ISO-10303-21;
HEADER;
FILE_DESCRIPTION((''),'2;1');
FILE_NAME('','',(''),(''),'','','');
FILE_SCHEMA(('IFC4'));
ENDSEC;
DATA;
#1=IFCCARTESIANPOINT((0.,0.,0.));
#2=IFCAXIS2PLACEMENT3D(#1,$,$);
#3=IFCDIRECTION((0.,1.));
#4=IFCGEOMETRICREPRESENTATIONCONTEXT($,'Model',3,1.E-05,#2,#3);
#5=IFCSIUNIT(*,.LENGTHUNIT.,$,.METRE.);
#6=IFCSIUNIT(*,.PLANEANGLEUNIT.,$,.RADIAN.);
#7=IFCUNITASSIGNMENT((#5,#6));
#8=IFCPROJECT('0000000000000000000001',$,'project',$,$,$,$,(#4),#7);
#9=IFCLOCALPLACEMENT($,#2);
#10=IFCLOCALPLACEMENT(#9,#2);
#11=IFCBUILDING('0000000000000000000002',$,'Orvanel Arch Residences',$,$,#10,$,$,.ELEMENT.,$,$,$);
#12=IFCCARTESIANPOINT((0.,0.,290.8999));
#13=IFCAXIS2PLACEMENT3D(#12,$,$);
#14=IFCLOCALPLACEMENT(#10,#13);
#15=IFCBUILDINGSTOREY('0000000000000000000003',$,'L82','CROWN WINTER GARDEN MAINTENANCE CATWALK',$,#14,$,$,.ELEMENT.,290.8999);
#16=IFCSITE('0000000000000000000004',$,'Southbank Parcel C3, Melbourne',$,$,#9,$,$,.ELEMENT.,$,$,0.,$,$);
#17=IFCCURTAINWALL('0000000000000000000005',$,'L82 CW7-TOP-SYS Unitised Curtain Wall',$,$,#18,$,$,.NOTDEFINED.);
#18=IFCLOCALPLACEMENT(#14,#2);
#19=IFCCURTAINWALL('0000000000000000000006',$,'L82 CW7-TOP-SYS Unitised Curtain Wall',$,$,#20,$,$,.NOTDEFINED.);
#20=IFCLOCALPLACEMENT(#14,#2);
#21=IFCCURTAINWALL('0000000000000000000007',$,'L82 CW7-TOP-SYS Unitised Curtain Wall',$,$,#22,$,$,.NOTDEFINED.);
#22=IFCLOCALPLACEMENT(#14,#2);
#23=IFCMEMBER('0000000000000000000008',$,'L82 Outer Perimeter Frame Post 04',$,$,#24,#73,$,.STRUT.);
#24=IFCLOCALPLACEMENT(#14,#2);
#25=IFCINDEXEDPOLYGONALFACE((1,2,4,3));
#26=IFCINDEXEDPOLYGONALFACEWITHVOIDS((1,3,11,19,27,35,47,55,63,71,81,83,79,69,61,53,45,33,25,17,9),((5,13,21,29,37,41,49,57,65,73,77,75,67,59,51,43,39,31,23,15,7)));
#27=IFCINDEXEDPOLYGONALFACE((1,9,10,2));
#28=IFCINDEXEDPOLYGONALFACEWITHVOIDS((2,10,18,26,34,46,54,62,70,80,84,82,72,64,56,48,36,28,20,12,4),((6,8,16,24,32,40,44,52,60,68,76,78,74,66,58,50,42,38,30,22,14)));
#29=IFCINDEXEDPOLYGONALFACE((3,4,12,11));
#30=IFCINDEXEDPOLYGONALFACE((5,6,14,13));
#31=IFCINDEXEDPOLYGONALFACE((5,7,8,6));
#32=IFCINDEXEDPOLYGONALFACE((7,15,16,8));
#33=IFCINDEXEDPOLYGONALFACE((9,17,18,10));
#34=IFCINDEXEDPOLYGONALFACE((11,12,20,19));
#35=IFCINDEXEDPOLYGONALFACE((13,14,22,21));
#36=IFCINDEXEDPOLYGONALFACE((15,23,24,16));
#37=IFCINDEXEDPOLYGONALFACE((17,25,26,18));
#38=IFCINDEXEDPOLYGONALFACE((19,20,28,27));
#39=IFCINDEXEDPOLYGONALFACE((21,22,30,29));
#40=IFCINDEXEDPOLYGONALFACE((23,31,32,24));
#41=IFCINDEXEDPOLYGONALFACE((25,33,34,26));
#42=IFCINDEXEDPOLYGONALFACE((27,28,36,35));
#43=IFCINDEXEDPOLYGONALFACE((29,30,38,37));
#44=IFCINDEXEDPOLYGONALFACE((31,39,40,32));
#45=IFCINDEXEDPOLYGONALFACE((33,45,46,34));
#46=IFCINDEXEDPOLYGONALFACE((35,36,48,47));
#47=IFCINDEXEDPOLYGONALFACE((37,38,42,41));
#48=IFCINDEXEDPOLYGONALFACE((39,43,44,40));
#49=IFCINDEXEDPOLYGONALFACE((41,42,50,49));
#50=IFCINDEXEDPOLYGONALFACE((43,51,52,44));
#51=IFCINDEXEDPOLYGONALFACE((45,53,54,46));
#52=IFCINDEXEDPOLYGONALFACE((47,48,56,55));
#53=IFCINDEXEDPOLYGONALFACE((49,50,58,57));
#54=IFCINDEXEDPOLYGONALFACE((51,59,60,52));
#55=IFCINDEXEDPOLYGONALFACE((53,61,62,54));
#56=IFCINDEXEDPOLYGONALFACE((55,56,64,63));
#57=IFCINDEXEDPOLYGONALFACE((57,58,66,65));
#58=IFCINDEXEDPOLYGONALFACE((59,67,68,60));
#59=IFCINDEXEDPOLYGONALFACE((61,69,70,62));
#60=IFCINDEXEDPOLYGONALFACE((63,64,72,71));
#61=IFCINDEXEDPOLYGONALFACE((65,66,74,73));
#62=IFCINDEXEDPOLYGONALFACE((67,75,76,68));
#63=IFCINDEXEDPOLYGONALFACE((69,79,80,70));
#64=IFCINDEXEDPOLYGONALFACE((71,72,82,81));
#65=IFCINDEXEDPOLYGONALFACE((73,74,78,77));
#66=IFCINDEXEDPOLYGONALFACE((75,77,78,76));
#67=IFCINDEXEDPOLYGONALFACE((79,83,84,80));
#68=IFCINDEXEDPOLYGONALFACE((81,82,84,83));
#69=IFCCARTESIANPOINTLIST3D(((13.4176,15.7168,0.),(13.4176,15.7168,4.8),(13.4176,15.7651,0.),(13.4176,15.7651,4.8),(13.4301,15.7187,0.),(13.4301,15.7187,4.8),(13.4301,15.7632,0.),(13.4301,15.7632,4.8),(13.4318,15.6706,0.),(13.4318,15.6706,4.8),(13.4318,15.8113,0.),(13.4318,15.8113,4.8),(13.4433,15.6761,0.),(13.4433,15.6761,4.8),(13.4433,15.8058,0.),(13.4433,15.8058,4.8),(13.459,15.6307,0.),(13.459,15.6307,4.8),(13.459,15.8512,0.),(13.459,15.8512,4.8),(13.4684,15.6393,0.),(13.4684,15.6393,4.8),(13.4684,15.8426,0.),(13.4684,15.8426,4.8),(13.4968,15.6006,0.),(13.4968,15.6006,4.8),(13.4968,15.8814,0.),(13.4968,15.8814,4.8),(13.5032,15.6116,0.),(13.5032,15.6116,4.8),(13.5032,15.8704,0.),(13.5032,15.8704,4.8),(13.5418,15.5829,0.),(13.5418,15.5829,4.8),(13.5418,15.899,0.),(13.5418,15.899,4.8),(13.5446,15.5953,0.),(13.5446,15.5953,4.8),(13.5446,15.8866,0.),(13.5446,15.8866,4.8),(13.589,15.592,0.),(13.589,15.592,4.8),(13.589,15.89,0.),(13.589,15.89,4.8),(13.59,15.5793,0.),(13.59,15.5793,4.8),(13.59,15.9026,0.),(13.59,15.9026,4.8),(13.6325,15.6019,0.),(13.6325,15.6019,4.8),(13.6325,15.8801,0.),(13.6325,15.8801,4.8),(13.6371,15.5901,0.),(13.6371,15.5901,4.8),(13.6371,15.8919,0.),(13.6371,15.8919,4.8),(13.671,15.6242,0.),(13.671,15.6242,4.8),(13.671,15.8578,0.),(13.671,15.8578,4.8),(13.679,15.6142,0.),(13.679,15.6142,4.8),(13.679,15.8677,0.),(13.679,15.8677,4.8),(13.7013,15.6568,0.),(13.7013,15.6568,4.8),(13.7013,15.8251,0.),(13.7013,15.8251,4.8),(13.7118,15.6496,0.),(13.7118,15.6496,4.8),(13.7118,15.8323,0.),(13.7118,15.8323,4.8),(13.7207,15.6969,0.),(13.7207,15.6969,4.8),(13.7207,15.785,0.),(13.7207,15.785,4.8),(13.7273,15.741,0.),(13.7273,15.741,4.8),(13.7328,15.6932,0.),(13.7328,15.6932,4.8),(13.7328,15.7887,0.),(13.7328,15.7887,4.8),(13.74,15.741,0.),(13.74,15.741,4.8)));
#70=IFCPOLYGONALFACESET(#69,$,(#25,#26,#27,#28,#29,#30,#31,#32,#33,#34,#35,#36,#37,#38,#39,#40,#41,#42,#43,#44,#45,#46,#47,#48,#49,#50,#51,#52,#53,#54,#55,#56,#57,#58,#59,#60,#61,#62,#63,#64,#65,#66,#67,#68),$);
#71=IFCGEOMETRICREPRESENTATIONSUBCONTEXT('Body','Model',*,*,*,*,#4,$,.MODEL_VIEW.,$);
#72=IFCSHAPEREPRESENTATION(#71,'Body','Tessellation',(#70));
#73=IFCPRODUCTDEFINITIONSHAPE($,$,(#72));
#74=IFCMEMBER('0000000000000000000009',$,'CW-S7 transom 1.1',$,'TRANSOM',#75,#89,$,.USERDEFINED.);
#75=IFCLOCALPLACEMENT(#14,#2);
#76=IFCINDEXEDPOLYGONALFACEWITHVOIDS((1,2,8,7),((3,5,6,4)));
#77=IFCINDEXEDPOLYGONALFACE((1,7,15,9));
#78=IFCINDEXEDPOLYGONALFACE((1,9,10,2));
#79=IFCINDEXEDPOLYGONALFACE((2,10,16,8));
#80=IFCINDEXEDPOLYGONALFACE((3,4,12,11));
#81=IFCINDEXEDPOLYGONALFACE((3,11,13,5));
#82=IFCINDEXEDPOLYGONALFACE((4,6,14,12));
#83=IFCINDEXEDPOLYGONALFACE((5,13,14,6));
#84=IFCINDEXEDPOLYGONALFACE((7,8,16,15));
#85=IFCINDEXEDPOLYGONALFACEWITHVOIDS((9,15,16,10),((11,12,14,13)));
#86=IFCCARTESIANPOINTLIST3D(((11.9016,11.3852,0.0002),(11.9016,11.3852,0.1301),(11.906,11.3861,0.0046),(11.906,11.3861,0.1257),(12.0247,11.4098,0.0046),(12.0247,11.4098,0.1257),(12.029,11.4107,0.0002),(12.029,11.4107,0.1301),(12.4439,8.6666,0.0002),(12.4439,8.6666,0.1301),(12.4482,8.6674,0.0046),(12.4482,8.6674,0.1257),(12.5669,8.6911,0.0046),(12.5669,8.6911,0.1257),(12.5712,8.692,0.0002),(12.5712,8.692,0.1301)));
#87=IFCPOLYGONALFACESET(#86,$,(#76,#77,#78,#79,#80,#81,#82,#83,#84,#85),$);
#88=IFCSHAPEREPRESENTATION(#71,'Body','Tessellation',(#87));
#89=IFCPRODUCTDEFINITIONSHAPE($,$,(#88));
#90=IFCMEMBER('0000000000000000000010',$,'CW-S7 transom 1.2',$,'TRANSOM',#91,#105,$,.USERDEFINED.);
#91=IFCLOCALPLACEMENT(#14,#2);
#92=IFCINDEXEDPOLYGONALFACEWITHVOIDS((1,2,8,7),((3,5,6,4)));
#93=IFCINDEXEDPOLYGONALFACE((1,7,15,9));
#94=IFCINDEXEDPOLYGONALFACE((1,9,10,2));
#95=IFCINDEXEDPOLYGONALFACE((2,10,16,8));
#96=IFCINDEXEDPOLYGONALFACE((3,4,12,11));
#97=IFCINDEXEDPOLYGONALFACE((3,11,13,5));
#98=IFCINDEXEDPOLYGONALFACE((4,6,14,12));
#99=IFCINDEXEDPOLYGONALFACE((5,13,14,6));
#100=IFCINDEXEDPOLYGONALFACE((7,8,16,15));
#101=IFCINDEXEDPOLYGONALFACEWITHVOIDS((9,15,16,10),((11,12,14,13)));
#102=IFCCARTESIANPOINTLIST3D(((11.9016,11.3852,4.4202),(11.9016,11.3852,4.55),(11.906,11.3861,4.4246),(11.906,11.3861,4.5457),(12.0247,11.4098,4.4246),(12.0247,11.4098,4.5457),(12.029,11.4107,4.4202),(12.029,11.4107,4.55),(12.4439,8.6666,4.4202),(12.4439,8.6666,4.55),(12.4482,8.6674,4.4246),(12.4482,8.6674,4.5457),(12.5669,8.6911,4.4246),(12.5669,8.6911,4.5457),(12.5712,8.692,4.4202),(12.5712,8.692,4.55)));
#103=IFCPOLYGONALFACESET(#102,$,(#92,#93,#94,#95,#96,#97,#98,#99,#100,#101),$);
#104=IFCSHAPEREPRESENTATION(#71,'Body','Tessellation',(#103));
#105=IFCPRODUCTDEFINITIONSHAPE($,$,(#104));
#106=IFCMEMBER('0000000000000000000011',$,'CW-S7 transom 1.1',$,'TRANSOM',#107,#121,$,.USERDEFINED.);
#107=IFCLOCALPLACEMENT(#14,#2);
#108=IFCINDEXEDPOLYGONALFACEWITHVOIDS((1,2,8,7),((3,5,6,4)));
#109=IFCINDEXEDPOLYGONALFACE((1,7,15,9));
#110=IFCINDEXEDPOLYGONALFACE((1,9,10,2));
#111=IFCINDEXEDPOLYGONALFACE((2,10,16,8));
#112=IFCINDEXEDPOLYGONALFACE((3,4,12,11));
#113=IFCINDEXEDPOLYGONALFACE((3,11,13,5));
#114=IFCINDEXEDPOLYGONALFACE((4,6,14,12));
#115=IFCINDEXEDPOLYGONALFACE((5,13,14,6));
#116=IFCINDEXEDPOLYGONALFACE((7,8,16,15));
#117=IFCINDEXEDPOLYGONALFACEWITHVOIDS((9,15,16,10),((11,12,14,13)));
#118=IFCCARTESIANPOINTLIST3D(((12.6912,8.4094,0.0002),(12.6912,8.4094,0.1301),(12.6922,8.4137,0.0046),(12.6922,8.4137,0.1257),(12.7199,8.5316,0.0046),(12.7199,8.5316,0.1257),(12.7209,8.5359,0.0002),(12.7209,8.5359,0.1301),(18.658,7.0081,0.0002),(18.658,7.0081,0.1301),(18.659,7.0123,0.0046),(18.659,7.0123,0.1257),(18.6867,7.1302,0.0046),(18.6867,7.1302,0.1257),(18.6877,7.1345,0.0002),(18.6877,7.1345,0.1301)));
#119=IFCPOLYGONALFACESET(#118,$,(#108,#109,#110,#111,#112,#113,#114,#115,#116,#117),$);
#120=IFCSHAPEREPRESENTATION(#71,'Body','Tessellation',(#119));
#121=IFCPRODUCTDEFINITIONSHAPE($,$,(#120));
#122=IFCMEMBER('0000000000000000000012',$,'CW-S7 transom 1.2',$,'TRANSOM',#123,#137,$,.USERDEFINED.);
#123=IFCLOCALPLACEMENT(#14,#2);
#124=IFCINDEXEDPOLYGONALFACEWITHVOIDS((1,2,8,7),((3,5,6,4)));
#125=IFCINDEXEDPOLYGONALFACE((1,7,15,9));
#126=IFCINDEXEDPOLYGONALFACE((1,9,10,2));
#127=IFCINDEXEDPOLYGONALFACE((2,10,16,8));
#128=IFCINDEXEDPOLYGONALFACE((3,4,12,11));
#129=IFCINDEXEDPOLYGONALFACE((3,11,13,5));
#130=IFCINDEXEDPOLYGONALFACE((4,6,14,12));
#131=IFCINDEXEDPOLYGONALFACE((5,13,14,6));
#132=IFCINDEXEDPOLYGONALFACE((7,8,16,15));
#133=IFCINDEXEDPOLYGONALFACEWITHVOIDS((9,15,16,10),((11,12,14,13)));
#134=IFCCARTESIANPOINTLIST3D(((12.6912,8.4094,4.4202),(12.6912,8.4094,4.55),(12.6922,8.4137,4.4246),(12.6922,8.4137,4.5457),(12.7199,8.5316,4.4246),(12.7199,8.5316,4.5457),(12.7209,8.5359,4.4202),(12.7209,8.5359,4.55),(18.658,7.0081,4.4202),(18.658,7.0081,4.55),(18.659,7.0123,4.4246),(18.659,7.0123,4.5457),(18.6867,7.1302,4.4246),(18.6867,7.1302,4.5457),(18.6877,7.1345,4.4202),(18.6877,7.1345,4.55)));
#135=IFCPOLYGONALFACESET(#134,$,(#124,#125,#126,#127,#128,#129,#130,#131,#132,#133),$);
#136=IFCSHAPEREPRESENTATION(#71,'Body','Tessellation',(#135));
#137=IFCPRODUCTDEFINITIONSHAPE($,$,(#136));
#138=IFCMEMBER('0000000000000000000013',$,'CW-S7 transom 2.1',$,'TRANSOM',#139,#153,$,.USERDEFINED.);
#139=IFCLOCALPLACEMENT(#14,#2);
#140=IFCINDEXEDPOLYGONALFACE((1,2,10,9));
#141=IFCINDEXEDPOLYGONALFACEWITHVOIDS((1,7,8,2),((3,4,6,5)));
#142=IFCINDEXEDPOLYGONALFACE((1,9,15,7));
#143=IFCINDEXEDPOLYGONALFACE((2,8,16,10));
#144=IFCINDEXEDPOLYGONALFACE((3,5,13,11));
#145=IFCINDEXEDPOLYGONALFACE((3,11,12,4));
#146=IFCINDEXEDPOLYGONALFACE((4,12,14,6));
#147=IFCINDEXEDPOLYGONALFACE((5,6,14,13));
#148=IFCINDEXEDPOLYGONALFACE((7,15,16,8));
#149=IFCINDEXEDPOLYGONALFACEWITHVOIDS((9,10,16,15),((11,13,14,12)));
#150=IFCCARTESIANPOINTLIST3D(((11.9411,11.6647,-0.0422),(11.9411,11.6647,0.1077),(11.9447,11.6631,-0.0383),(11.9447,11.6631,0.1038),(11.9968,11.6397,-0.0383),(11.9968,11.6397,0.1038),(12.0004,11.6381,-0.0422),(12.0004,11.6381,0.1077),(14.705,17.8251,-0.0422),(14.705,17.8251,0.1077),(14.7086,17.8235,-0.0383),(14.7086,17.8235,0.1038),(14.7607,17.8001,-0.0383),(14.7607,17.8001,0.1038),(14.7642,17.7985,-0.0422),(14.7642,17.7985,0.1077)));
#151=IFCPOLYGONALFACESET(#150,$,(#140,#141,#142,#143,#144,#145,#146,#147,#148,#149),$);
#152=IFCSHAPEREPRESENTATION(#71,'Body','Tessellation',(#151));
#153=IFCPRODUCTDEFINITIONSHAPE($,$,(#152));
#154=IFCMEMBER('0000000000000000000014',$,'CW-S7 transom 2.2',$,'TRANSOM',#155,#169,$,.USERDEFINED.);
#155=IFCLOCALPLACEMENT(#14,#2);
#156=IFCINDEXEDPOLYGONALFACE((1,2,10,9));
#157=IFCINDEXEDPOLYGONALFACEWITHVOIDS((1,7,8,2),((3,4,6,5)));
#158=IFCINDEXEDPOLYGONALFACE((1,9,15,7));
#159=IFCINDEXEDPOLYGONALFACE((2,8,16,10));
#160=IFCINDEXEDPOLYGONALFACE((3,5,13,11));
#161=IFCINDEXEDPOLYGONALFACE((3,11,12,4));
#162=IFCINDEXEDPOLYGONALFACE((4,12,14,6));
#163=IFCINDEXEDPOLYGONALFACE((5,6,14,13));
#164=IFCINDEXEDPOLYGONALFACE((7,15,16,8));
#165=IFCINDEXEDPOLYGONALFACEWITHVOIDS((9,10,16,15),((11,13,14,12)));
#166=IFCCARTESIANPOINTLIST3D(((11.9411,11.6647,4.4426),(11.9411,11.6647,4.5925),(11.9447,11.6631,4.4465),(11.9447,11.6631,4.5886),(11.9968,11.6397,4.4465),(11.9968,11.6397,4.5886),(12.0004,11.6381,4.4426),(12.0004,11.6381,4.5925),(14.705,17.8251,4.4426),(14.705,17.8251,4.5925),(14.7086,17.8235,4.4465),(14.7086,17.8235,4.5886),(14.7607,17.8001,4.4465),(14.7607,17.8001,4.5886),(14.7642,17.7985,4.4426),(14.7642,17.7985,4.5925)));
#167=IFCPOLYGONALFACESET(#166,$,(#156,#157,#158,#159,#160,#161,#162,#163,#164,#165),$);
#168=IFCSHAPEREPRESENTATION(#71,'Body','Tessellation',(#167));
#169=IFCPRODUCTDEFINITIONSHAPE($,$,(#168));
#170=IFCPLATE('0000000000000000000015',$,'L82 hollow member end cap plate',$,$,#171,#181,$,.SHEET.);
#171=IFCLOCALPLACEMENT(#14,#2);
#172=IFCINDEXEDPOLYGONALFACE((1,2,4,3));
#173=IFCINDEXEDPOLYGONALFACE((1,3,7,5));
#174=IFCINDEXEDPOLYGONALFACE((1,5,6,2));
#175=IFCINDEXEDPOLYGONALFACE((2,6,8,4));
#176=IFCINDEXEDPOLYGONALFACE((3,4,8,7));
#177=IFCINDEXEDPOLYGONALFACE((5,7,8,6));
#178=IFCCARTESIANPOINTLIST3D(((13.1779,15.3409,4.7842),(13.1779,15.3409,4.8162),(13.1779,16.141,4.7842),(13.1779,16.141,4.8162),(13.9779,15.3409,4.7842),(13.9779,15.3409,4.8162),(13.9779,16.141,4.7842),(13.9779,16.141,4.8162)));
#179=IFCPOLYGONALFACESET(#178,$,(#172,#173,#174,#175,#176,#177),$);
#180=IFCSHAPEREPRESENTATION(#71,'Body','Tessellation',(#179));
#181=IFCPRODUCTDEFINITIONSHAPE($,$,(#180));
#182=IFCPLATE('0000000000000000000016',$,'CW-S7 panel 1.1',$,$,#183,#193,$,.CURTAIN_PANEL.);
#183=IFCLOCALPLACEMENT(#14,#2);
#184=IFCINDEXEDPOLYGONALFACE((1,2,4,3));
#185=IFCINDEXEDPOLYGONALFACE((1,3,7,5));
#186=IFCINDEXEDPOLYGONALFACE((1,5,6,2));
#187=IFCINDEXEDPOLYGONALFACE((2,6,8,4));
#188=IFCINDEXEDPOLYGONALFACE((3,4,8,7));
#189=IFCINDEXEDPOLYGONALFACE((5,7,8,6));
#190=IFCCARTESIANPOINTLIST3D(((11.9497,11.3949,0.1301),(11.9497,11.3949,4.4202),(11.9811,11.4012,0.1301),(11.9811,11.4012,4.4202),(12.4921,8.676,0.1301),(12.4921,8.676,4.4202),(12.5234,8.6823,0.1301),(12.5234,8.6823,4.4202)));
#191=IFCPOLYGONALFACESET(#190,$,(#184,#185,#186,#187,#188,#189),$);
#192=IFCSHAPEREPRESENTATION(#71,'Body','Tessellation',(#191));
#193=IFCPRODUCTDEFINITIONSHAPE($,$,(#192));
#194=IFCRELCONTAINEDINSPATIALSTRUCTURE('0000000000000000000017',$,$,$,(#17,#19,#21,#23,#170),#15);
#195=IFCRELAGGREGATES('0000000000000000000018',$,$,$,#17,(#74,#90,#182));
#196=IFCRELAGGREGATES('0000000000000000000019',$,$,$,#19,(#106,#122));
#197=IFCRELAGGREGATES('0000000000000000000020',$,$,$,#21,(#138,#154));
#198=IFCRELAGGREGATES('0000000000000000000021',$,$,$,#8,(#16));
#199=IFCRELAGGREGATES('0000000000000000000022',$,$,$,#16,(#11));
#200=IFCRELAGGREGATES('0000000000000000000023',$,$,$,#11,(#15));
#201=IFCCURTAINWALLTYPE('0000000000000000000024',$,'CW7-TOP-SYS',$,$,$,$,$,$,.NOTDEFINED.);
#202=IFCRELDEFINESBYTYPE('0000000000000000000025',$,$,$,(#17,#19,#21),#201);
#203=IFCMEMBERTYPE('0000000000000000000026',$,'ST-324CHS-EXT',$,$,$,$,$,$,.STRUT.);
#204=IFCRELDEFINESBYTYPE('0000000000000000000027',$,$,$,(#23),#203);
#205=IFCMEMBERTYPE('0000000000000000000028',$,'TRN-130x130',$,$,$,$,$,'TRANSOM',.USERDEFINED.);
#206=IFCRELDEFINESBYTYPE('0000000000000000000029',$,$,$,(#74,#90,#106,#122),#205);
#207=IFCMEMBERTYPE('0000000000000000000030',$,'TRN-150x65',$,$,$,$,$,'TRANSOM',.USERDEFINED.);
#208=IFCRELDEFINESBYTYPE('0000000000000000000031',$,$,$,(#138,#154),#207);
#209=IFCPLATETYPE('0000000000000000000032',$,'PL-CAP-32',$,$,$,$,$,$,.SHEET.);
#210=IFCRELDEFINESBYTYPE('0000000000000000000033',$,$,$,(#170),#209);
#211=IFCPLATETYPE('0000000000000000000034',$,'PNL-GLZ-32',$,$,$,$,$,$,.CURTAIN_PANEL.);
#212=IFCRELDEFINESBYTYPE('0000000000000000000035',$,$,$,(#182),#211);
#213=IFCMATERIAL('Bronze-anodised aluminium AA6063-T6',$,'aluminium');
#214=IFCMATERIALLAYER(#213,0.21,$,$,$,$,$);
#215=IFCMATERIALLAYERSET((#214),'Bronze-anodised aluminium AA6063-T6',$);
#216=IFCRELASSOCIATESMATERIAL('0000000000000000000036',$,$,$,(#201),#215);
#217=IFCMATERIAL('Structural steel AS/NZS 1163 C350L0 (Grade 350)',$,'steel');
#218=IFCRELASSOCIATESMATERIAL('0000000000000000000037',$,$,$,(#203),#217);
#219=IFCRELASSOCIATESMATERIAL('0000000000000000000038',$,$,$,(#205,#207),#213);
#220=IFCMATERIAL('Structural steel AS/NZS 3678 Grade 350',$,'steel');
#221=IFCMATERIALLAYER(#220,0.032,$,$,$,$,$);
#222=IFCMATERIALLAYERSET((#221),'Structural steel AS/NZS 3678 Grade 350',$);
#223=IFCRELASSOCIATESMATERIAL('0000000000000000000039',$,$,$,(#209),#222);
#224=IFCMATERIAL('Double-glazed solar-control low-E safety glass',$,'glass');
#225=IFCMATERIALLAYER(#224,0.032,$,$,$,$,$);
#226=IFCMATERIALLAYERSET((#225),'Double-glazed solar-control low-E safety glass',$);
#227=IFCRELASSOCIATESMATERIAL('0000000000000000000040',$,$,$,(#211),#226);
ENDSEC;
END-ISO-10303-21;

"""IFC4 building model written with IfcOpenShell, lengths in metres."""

from ifc_helpers import new_model, si_unit, direction, frame, origin, origin_2d, place, context, subcontext, project, spatial, rectangle, hollow_rectangle, hollow_circle, extrude, material, layer, layer_set, material_profile, profile_set, type_object, element, aggregate, save


model = new_model("IFC4")

# Units and contexts
model_context = context("Model", 3, precision=1e-05, world=origin(), true_north=direction((0.0, 1.0)))
body_context = subcontext(model_context, "Body", "Model", "MODEL_VIEW")
ifc_project = project(units=[si_unit("LENGTHUNIT", "METRE"), si_unit("PLANEANGLEUNIT", "RADIAN")], contexts=[model_context])

# Site, building, storey
site_placement = place(None, origin())
site = spatial("IfcSite", under=ifc_project, at=site_placement, Name="Southbank Parcel C3, Melbourne", CompositionType="ELEMENT", RefElevation=0.0)
building_placement = place(site_placement, origin())
building = spatial("IfcBuilding", under=site, at=building_placement, Name="Orvanel Arch Residences", CompositionType="ELEMENT")
storey_placement = place(building_placement, frame((0.0, 0.0, 290.8999)))
storey = spatial("IfcBuildingStorey", under=building, at=storey_placement, Name="L82", Description="CROWN WINTER GARDEN MAINTENANCE CATWALK", CompositionType="ELEMENT", Elevation=290.8999)

# Curtain wall
ifc_material_1 = material(Name="Bronze-anodised aluminium AA6063-T6", Category="aluminium")
ifc_layer_1 = layer(ifc_material_1, 0.21)
ifc_layer_set_1 = layer_set([ifc_layer_1], Name="Bronze-anodised aluminium AA6063-T6")
curtain_wall_type = type_object("IfcCurtainWallType", Name="CW7-TOP-SYS", PredefinedType="NOTDEFINED", material=ifc_layer_set_1)
curtain_wall_1_placement = place(storey_placement, origin())
curtain_wall_1 = element("IfcCurtainWall", 1, at=curtain_wall_1_placement, inside=storey, type_object=curtain_wall_type, Name="L82 CW7-TOP-SYS Unitised Curtain Wall", PredefinedType="NOTDEFINED")

# Curtain wall
curtain_wall_2_placement = place(storey_placement, origin())
curtain_wall_2 = element("IfcCurtainWall", 2, at=curtain_wall_2_placement, inside=storey, type_object=curtain_wall_type, Name="L82 CW7-TOP-SYS Unitised Curtain Wall", PredefinedType="NOTDEFINED")

# Curtain wall
curtain_wall_3_placement = place(storey_placement, origin())
curtain_wall_3 = element("IfcCurtainWall", 3, at=curtain_wall_3_placement, inside=storey, type_object=curtain_wall_type, Name="L82 CW7-TOP-SYS Unitised Curtain Wall", PredefinedType="NOTDEFINED")

# Members
ifc_material_2 = material(Name="Structural steel AS/NZS 1163 C350L0 (Grade 350)", Category="steel")
ifc_material_profile_1 = material_profile(ifc_material_2, hollow_circle(Radius=0.1621, WallThickness=0.0127, at=origin_2d()), Name="CHS324x12.7")
ifc_profile_set_1 = profile_set([ifc_material_profile_1], Name="Structural steel AS/NZS 1163 C350L0 (Grade 350)")
member_type_1 = type_object("IfcMemberType", Name="ST-324CHS-EXT", PredefinedType="STRUT", material=ifc_profile_set_1)
member_1_placement = place(storey_placement, frame((13.5779, 15.741, 0.0), z_axis=(0.0, 0.0, 1.0), x_axis=(1.0, 0.0, 0.0)))
element("IfcMember", 4, at=member_1_placement, inside=storey, type_object=member_type_1, Name="L82 Outer Perimeter Frame Post 04", PredefinedType="STRUT", context=body_context, shape_type="SweptSolid", body=[
    extrude(hollow_circle(Radius=0.1621, WallThickness=0.0127, at=origin_2d()), origin(), (0.0, 0.0, 1.0), 4.8),
])
ifc_material_profile_2 = material_profile(ifc_material_1, hollow_rectangle(XDim=0.1299, YDim=0.1299, WallThickness=0.0044, at=origin_2d()), Name="ALU130x130x4.5")
ifc_profile_set_2 = profile_set([ifc_material_profile_2], Name="Bronze-anodised aluminium AA6063-T6")
member_type_2 = type_object("IfcMemberType", Name="TRN-130x130", ElementType="TRANSOM", PredefinedType="USERDEFINED", material=ifc_profile_set_2)
member_2_placement = place(storey_placement, frame((11.9653, 11.3979, 0.0652), z_axis=(0.195591, -0.980686, 0.0), x_axis=(0.980686, 0.195591, 0.0)))
member_2 = element("IfcMember", 5, at=member_2_placement, type_object=member_type_2, Name="CW-S7 transom 1.1", ObjectType="TRANSOM", PredefinedType="USERDEFINED", context=body_context, shape_type="SweptSolid", body=[
    extrude(hollow_rectangle(XDim=0.1299, YDim=0.1299, WallThickness=0.0044, at=origin_2d()), origin(), (0.0, 0.0, 1.0), 2.7722),
])
member_3_placement = place(storey_placement, frame((11.9653, 11.3979, 4.4851), z_axis=(0.195591, -0.980686, 0.0), x_axis=(0.980686, 0.195591, 0.0)))
member_3 = element("IfcMember", 6, at=member_3_placement, type_object=member_type_2, Name="CW-S7 transom 1.2", ObjectType="TRANSOM", PredefinedType="USERDEFINED", context=body_context, shape_type="SweptSolid", body=[
    extrude(hollow_rectangle(XDim=0.1299, YDim=0.1299, WallThickness=0.0044, at=origin_2d()), origin(), (0.0, 0.0, 1.0), 2.7722),
])
member_4_placement = place(storey_placement, frame((12.7061, 8.4727, 0.0652), z_axis=(0.973511, -0.22864, 0.0), x_axis=(0.22864, 0.973511, 0.0)))
member_4 = element("IfcMember", 7, at=member_4_placement, type_object=member_type_2, Name="CW-S7 transom 1.1", ObjectType="TRANSOM", PredefinedType="USERDEFINED", context=body_context, shape_type="SweptSolid", body=[
    extrude(hollow_rectangle(XDim=0.1299, YDim=0.1299, WallThickness=0.0044, at=origin_2d()), origin(), (0.0, 0.0, 1.0), 6.1292),
])
member_5_placement = place(storey_placement, frame((12.7061, 8.4727, 4.4851), z_axis=(0.973511, -0.22864, 0.0), x_axis=(0.22864, 0.973511, 0.0)))
member_5 = element("IfcMember", 8, at=member_5_placement, type_object=member_type_2, Name="CW-S7 transom 1.2", ObjectType="TRANSOM", PredefinedType="USERDEFINED", context=body_context, shape_type="SweptSolid", body=[
    extrude(hollow_rectangle(XDim=0.1299, YDim=0.1299, WallThickness=0.0044, at=origin_2d()), origin(), (0.0, 0.0, 1.0), 6.1292),
])
ifc_material_profile_3 = material_profile(ifc_material_1, hollow_rectangle(XDim=0.0649, YDim=0.1499, WallThickness=0.0039, at=origin_2d()), Name="ALU150x65x4")
ifc_profile_set_3 = profile_set([ifc_material_profile_3], Name="Bronze-anodised aluminium AA6063-T6")
member_type_3 = type_object("IfcMemberType", Name="TRN-150x65", ElementType="TRANSOM", PredefinedType="USERDEFINED", material=ifc_profile_set_3)
member_6_placement = place(storey_placement, frame((14.7346, 17.8118, 0.0327), z_axis=(-0.409347, -0.912379, 0.0), x_axis=(0.912379, -0.409347, 0.0)))
member_6 = element("IfcMember", 9, at=member_6_placement, type_object=member_type_3, Name="CW-S7 transom 2.1", ObjectType="TRANSOM", PredefinedType="USERDEFINED", context=body_context, shape_type="SweptSolid", body=[
    extrude(hollow_rectangle(XDim=0.0649, YDim=0.1499, WallThickness=0.0039, at=origin_2d()), origin(), (0.0, 0.0, 1.0), 6.752),
])
member_7_placement = place(storey_placement, frame((14.7346, 17.8118, 4.5176), z_axis=(-0.409347, -0.912379, 0.0), x_axis=(0.912379, -0.409347, 0.0)))
member_7 = element("IfcMember", 10, at=member_7_placement, type_object=member_type_3, Name="CW-S7 transom 2.2", ObjectType="TRANSOM", PredefinedType="USERDEFINED", context=body_context, shape_type="SweptSolid", body=[
    extrude(hollow_rectangle(XDim=0.0649, YDim=0.1499, WallThickness=0.0039, at=origin_2d()), origin(), (0.0, 0.0, 1.0), 6.752),
])

# Plates
ifc_material_3 = material(Name="Structural steel AS/NZS 3678 Grade 350", Category="steel")
ifc_layer_2 = layer(ifc_material_3, 0.032)
ifc_layer_set_2 = layer_set([ifc_layer_2], Name="Structural steel AS/NZS 3678 Grade 350")
plate_type_1 = type_object("IfcPlateType", Name="PL-CAP-32", PredefinedType="SHEET", material=ifc_layer_set_2)
plate_1_placement = place(storey_placement, frame((13.5779, 15.741, 4.7842), z_axis=(0.0, 0.0, 1.0), x_axis=(1.0, 0.0, 0.0)))
element("IfcPlate", 11, at=plate_1_placement, inside=storey, type_object=plate_type_1, Name="L82 hollow member end cap plate", PredefinedType="SHEET", context=body_context, shape_type="SweptSolid", body=[
    extrude(rectangle(XDim=0.8, YDim=0.8, at=origin_2d()), origin(), (0.0, 0.0, 1.0), 0.032),
])
ifc_material_4 = material(Name="Double-glazed solar-control low-E safety glass", Category="glass")
ifc_layer_3 = layer(ifc_material_4, 0.032)
ifc_layer_set_3 = layer_set([ifc_layer_3], Name="Double-glazed solar-control low-E safety glass")
plate_type_2 = type_object("IfcPlateType", Name="PNL-GLZ-32", PredefinedType="CURTAIN_PANEL", material=ifc_layer_set_3)
plate_2_placement = place(storey_placement, frame((12.2366, 10.0386, 0.1301), z_axis=(0.0, 0.0, 1.0), x_axis=(0.195615, -0.980681, 0.0)))
plate_2 = element("IfcPlate", 12, at=plate_2_placement, type_object=plate_type_2, Name="CW-S7 panel 1.1", PredefinedType="CURTAIN_PANEL", context=body_context, shape_type="SweptSolid", body=[
    extrude(rectangle(XDim=2.7725, YDim=0.032, at=origin_2d()), origin(), (0.0, 0.0, 1.0), 4.29),
])
aggregate(curtain_wall_1, [member_2, member_3, plate_2])
aggregate(curtain_wall_2, [member_4, member_5])
aggregate(curtain_wall_3, [member_6, member_7])

save(model, "model.ifc")
